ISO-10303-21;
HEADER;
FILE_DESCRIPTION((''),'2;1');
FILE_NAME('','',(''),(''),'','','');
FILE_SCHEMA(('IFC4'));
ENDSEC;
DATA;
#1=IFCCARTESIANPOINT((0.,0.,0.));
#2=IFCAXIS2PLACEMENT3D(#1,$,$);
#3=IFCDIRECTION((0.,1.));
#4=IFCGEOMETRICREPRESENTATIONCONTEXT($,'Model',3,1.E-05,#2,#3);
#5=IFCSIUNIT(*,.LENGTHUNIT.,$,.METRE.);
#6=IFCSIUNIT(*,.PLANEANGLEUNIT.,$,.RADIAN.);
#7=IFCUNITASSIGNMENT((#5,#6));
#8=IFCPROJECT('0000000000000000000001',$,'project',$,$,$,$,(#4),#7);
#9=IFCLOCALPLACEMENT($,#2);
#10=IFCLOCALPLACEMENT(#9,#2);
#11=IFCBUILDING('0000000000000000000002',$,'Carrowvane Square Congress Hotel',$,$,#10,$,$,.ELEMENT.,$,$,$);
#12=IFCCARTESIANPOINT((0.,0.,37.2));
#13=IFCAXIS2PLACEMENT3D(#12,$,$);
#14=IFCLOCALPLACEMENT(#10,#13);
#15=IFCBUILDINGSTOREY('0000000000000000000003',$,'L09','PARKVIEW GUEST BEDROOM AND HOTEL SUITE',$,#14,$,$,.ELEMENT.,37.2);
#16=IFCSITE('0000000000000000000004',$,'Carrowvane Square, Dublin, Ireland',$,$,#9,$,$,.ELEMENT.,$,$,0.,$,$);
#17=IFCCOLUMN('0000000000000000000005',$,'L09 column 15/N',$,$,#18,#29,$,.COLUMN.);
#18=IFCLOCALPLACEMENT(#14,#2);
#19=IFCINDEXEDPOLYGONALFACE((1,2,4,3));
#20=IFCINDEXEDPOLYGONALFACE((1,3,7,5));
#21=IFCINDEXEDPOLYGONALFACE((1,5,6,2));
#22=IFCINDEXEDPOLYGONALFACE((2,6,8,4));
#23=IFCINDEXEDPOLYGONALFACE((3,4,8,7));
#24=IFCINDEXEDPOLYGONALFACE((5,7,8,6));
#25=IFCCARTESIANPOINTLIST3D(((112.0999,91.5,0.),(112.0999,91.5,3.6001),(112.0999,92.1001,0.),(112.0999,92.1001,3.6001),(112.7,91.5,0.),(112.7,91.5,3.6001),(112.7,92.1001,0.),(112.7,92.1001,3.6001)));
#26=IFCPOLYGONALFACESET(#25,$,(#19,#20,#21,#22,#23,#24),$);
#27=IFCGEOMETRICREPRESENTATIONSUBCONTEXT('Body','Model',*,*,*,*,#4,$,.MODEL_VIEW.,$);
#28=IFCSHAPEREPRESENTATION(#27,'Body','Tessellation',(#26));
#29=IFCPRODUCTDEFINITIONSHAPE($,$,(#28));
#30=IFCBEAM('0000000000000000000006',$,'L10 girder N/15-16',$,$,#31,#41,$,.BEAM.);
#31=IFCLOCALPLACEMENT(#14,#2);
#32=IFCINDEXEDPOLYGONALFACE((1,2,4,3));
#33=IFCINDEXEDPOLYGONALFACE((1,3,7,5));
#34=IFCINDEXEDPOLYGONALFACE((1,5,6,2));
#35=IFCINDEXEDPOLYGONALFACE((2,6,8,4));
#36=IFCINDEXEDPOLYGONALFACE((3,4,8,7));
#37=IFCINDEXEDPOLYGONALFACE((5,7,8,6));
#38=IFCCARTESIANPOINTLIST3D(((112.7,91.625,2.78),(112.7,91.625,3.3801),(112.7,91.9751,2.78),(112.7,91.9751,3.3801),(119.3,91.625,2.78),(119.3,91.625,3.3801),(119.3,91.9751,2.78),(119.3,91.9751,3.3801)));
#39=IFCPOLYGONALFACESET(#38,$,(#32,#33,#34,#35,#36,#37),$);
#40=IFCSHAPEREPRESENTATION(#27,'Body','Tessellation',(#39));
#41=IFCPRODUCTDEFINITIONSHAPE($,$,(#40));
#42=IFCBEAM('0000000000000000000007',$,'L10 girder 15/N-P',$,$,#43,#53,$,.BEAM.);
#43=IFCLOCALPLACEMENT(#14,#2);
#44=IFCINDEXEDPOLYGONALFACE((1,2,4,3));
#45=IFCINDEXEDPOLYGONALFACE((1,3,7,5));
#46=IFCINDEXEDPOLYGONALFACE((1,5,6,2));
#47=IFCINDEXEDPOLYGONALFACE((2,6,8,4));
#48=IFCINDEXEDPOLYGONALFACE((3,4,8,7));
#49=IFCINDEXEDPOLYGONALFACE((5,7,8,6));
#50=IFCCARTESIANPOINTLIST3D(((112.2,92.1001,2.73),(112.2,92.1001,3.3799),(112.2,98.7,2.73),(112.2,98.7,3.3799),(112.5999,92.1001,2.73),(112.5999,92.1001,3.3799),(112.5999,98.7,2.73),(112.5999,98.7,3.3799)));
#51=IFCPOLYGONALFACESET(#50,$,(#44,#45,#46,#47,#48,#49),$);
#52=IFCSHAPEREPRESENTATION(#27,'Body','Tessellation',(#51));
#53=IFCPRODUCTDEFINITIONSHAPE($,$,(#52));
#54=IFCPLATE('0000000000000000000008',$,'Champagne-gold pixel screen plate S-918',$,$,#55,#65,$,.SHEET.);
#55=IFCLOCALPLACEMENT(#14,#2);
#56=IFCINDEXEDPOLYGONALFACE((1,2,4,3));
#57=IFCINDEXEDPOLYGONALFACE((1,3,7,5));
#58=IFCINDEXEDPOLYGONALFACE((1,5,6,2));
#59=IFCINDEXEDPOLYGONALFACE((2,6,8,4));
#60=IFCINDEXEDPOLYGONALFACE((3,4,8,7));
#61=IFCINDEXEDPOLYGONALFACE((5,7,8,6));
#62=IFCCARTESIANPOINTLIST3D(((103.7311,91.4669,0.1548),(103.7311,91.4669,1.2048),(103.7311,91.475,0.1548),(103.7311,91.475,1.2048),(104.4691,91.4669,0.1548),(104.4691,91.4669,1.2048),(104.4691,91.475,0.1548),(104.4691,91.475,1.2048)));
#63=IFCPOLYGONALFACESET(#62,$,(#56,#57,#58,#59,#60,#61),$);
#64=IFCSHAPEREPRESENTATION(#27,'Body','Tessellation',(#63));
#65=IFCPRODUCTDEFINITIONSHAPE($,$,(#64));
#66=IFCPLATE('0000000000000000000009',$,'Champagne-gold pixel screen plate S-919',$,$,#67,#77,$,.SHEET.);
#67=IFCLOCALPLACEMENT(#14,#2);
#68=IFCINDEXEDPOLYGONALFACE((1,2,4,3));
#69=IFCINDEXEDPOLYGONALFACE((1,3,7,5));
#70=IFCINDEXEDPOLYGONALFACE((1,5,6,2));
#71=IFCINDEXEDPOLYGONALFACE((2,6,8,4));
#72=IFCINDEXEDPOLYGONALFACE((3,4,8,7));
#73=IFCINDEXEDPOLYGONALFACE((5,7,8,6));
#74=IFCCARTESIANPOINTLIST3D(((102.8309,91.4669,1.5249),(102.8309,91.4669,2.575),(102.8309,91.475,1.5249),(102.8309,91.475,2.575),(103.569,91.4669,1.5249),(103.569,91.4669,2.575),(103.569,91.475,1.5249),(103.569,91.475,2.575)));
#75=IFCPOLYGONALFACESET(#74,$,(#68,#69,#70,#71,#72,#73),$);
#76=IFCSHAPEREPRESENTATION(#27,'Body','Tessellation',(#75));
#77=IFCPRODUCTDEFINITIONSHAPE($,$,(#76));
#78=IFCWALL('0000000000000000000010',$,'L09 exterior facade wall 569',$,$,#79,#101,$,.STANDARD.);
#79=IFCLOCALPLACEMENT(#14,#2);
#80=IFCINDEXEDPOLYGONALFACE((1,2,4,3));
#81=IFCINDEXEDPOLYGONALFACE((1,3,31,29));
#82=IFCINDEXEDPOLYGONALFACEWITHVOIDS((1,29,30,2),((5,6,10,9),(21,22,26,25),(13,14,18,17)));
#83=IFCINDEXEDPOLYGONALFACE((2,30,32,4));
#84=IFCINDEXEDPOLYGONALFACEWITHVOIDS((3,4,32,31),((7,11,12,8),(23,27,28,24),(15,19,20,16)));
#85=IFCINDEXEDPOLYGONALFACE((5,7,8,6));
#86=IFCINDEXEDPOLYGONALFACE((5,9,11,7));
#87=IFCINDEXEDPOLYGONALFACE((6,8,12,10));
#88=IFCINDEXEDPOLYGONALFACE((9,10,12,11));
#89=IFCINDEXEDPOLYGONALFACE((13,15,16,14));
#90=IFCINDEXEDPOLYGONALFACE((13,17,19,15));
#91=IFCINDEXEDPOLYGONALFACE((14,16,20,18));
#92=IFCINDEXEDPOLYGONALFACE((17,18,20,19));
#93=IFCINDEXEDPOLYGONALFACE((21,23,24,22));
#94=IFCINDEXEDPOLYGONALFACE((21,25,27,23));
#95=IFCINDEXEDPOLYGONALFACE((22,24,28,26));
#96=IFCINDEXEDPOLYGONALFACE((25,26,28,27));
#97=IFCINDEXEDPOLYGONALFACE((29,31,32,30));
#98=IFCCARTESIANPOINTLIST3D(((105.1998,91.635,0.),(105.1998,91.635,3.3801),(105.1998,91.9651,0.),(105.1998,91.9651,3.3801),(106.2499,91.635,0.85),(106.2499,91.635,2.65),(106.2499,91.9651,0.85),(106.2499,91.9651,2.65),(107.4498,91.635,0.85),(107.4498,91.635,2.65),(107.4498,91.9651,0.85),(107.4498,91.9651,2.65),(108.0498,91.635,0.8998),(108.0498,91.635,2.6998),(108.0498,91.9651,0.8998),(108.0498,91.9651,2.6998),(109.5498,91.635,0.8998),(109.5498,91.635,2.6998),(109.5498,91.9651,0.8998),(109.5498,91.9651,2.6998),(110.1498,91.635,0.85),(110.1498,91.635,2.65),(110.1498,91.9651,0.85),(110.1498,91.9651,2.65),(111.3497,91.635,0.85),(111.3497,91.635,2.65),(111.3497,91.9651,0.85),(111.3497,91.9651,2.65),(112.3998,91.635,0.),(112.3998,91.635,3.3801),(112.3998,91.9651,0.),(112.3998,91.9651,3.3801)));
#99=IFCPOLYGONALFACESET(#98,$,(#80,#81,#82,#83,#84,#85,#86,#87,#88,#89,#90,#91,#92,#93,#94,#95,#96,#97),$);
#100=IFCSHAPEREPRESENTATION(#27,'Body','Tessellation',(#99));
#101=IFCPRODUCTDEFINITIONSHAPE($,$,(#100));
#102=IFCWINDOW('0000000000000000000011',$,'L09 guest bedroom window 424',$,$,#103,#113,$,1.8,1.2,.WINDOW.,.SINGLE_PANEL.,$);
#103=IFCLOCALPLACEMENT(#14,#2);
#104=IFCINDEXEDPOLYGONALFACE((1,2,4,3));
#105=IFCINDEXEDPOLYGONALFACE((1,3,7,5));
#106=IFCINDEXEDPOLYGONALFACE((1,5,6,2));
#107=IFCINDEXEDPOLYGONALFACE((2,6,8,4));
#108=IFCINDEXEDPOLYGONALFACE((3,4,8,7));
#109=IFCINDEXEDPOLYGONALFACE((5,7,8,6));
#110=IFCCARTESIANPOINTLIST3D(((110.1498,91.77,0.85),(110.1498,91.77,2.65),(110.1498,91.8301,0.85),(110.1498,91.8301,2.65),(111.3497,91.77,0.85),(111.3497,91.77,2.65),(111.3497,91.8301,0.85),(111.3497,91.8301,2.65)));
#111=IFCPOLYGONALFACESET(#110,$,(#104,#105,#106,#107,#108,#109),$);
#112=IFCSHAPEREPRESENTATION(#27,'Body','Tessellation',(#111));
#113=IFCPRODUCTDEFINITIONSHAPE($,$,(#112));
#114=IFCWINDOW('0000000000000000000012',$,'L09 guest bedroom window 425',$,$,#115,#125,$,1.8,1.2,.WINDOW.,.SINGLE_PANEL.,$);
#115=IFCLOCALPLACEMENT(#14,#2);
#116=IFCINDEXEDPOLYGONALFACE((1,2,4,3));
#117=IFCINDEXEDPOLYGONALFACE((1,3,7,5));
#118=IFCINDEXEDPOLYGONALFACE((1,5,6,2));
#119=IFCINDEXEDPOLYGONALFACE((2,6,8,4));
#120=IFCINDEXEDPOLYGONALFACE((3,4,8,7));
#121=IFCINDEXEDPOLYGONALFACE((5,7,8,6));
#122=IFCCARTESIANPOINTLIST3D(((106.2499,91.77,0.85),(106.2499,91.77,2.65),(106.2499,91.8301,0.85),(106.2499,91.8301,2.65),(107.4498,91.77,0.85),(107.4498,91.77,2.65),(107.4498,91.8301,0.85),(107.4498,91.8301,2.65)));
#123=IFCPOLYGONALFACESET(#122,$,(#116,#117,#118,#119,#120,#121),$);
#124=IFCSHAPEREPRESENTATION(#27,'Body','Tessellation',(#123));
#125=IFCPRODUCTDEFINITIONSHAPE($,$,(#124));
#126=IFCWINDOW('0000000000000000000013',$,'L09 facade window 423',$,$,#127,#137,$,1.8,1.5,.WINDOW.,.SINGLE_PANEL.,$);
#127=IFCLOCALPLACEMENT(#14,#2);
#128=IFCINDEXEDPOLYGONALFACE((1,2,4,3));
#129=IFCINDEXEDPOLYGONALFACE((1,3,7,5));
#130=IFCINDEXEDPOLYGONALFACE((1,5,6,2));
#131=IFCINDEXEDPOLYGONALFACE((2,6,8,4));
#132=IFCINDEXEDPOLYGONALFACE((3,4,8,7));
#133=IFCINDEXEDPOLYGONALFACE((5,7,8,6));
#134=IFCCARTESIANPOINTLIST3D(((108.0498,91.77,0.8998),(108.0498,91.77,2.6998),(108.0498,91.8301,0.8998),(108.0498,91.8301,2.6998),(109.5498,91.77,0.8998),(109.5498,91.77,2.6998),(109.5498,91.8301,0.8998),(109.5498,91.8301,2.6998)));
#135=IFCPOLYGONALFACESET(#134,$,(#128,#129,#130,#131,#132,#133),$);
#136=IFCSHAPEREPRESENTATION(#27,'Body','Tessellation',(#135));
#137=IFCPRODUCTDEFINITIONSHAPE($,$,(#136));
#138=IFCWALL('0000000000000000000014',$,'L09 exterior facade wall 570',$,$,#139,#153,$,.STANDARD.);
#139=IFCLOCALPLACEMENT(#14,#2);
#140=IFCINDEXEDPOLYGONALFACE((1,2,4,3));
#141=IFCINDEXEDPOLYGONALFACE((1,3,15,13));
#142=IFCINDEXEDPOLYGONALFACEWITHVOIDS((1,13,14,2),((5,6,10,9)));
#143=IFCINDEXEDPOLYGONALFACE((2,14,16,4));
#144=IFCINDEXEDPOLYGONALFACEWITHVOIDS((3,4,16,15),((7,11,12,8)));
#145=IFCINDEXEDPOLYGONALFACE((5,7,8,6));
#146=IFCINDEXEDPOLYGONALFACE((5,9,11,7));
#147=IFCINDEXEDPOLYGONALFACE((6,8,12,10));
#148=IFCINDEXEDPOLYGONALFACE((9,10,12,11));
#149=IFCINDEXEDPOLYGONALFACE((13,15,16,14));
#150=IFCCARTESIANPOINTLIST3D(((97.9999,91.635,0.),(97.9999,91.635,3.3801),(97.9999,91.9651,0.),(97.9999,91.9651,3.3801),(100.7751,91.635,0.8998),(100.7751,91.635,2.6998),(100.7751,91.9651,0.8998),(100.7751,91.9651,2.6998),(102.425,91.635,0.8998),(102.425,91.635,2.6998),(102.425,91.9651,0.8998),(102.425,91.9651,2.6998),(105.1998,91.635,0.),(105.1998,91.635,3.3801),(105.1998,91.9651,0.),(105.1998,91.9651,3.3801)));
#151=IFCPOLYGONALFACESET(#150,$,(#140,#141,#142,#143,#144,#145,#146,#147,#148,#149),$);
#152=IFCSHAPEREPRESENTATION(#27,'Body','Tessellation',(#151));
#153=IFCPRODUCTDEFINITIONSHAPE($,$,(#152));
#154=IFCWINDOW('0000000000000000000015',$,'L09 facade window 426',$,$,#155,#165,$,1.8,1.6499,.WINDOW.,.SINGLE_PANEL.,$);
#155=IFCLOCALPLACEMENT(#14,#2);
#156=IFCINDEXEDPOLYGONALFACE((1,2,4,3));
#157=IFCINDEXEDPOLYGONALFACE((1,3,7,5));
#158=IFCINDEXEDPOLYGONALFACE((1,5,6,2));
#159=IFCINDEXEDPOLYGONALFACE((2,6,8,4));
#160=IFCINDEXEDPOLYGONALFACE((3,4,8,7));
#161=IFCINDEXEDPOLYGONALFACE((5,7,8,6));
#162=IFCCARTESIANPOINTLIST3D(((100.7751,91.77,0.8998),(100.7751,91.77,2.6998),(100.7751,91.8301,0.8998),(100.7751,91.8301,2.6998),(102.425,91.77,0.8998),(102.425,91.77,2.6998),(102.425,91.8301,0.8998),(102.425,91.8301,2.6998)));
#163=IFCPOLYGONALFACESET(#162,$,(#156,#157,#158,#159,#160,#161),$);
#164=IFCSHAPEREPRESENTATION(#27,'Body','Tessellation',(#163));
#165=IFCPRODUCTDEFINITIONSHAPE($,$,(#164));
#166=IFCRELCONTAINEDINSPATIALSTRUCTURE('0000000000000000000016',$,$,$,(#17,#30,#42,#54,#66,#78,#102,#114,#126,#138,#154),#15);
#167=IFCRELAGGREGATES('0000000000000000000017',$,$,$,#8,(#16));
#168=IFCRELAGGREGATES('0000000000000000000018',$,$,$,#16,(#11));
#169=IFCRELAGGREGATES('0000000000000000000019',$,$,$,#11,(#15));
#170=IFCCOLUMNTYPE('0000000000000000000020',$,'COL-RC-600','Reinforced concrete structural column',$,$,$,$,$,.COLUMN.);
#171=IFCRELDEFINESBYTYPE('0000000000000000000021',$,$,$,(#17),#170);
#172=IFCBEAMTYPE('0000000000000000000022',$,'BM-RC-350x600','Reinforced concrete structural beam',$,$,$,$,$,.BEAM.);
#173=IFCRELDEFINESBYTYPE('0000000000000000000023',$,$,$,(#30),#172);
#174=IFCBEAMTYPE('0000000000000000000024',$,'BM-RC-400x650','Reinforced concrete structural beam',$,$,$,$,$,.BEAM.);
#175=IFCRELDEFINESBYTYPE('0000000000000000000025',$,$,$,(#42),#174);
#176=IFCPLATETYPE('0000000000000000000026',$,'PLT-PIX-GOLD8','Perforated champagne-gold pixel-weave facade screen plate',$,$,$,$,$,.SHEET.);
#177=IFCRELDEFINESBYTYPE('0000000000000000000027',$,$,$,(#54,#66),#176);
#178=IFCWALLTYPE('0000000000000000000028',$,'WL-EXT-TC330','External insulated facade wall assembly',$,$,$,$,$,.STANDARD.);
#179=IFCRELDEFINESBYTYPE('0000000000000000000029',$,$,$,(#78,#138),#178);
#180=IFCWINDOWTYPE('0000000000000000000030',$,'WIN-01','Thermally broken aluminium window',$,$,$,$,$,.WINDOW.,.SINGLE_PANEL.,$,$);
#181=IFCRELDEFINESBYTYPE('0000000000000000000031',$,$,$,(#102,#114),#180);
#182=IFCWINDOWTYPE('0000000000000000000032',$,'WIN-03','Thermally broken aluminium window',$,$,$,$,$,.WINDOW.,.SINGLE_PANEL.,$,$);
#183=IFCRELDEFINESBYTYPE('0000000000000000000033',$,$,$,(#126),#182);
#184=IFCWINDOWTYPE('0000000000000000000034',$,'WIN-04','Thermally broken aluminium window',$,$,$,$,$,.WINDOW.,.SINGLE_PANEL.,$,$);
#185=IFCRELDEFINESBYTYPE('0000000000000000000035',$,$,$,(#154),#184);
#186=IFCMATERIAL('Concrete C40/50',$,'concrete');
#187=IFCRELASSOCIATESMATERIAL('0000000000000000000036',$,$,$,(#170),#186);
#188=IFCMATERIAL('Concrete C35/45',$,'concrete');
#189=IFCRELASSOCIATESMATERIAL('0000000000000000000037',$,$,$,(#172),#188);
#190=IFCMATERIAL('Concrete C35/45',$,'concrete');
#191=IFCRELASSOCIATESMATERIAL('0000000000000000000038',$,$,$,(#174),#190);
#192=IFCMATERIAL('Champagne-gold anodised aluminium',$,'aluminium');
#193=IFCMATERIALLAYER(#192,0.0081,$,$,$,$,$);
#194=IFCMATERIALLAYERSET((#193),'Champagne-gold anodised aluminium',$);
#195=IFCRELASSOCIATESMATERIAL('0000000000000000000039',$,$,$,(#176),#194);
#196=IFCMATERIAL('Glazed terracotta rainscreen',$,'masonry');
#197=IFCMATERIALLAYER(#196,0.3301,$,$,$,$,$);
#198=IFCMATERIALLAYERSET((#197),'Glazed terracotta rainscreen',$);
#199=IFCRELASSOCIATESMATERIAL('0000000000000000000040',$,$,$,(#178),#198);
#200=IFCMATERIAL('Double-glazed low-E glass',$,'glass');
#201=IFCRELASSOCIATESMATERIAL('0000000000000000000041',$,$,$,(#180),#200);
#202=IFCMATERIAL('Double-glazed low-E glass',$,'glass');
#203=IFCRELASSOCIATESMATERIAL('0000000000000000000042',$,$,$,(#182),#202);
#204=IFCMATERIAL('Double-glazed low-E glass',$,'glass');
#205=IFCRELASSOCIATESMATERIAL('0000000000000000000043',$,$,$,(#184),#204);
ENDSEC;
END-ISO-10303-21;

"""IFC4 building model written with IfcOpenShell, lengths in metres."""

from ifc_helpers import new_model, si_unit, direction, frame, frame_2d, origin, origin_2d, place, context, subcontext, project, spatial, rectangle, extrude, material, layer, layer_set, material_profile, profile_set, type_object, element, fill, save


model = new_model("IFC4")

# Units and contexts
model_context = context("Model", 3, precision=1e-05, world=origin(), true_north=direction((0.0, 1.0)))
body_context = subcontext(model_context, "Body", "Model", "MODEL_VIEW")
ifc_project = project(units=[si_unit("LENGTHUNIT", "METRE"), si_unit("PLANEANGLEUNIT", "RADIAN")], contexts=[model_context])

# Site, building, storey
site_placement = place(None, origin())
site = spatial("IfcSite", under=ifc_project, at=site_placement, Name="Carrowvane Square, Dublin, Ireland", CompositionType="ELEMENT", RefElevation=0.0)
building_placement = place(site_placement, origin())
building = spatial("IfcBuilding", under=site, at=building_placement, Name="Carrowvane Square Congress Hotel", CompositionType="ELEMENT")
storey_placement = place(building_placement, frame((0.0, 0.0, 37.2)))
storey = spatial("IfcBuildingStorey", under=building, at=storey_placement, Name="L09", Description="PARKVIEW GUEST BEDROOM AND HOTEL SUITE", CompositionType="ELEMENT", Elevation=37.2)

# Column
ifc_material_1 = material(Name="Concrete C40/50", Category="concrete")
ifc_material_profile_1 = material_profile(ifc_material_1, rectangle(XDim=0.6001, YDim=0.6001, at=origin_2d()), Name="RC 600x600")
ifc_profile_set_1 = profile_set([ifc_material_profile_1], Name="Concrete C40/50")
column_type = type_object("IfcColumnType", Name="COL-RC-600", Description="Reinforced concrete structural column", PredefinedType="COLUMN", material=ifc_profile_set_1)
column_placement = place(storey_placement, frame((112.3999, 91.8, 0.0), z_axis=(0.0, 0.0, 1.0), x_axis=(1.0, 0.0, 0.0)))
element("IfcColumn", 1, at=column_placement, inside=storey, type_object=column_type, Name="L09 column 15/N", PredefinedType="COLUMN", context=body_context, shape_type="SweptSolid", body=[
    extrude(rectangle(XDim=0.6001, YDim=0.6001, at=origin_2d()), origin(), (0.0, 0.0, 1.0), 3.6001),
])

# Beams
ifc_material_2 = material(Name="Concrete C35/45", Category="concrete")
ifc_material_profile_2 = material_profile(ifc_material_2, rectangle(XDim=0.3501, YDim=0.6001, at=origin_2d()), Name="RC 350x600")
ifc_profile_set_2 = profile_set([ifc_material_profile_2], Name="Concrete C35/45")
beam_type_1 = type_object("IfcBeamType", Name="BM-RC-350x600", Description="Reinforced concrete structural beam", PredefinedType="BEAM", material=ifc_profile_set_2)
beam_1_placement = place(storey_placement, frame((112.7, 91.8, 3.0801), z_axis=(1.0, 0.0, 0.0), x_axis=(0.0, 1.0, 0.0)))
element("IfcBeam", 2, at=beam_1_placement, inside=storey, type_object=beam_type_1, Name="L10 girder N/15-16", PredefinedType="BEAM", context=body_context, shape_type="SweptSolid", body=[
    extrude(rectangle(XDim=0.3501, YDim=0.6001, at=origin_2d()), origin(), (0.0, 0.0, 1.0), 6.6001),
])
ifc_material_3 = material(Name="Concrete C35/45", Category="concrete")
ifc_material_profile_3 = material_profile(ifc_material_3, rectangle(XDim=0.3999, YDim=0.6499, at=origin_2d()), Name="RC 400x650")
ifc_profile_set_3 = profile_set([ifc_material_profile_3], Name="Concrete C35/45")
beam_type_2 = type_object("IfcBeamType", Name="BM-RC-400x650", Description="Reinforced concrete structural beam", PredefinedType="BEAM", material=ifc_profile_set_3)
beam_2_placement = place(storey_placement, frame((112.3999, 92.1001, 3.0549), z_axis=(0.0, 1.0, 0.0), x_axis=(-1.0, 0.0, 0.0)))
element("IfcBeam", 3, at=beam_2_placement, inside=storey, type_object=beam_type_2, Name="L10 girder 15/N-P", PredefinedType="BEAM", context=body_context, shape_type="SweptSolid", body=[
    extrude(rectangle(XDim=0.3999, YDim=0.6499, at=origin_2d()), origin(), (0.0, 0.0, 1.0), 6.5999),
])

# Plates
ifc_material_4 = material(Name="Champagne-gold anodised aluminium", Category="aluminium")
ifc_layer_1 = layer(ifc_material_4, 0.0081)
ifc_layer_set_1 = layer_set([ifc_layer_1], Name="Champagne-gold anodised aluminium")
plate_type = type_object("IfcPlateType", Name="PLT-PIX-GOLD8", Description="Perforated champagne-gold pixel-weave facade screen plate", PredefinedType="SHEET", material=ifc_layer_set_1)
for number, where, z_axis, x_axis, name in (
    (4, (104.1001, 91.4709, 0.1548), (0.0, 0.0, 1.0), (-1.0, 0.0, 0.0), "Champagne-gold pixel screen plate S-918"),
    (5, (103.2, 91.4709, 1.5249), (0.0, 0.0, 1.0), (-1.0, 0.0, 0.0), "Champagne-gold pixel screen plate S-919"),
):
    element("IfcPlate", number, at=place(storey_placement, frame(where, z_axis=z_axis, x_axis=x_axis)), inside=storey, type_object=plate_type, Name=name, PredefinedType="SHEET", context=body_context, shape_type="SweptSolid", body=[
        extrude(rectangle(XDim=0.738, YDim=0.0081, at=origin_2d()), origin(), (0.0, 0.0, 1.0), 1.05),
    ])

# Wall, openings, windows
ifc_material_5 = material(Name="Glazed terracotta rainscreen", Category="masonry")
ifc_layer_2 = layer(ifc_material_5, 0.3301)
ifc_layer_set_2 = layer_set([ifc_layer_2], Name="Glazed terracotta rainscreen")
wall_type_1 = type_object("IfcWallType", Name="WL-EXT-TC330", Description="External insulated facade wall assembly", PredefinedType="STANDARD", material=ifc_layer_set_2)
wall_1_placement = place(storey_placement, frame((112.3999, 91.8, 0.0), z_axis=(0.0, 0.0, 1.0), x_axis=(-1.0, 0.0, 0.0)))
wall_1 = element("IfcWall", 6, at=wall_1_placement, inside=storey, type_object=wall_type_1, Name="L09 exterior facade wall 569", PredefinedType="STANDARD", context=body_context, shape_type="SweptSolid", body=[
    extrude(rectangle(XDim=7.2, YDim=0.3301, at=frame_2d((3.6001, 0.0))), origin(), (0.0, 0.0, 1.0), 3.3801),
])
opening_1_placement = place(wall_1_placement, frame((2.8501, 0.0, 0.8999)))
opening_1 = element("IfcOpeningElement", 7, at=opening_1_placement, cuts=wall_1, PredefinedType="OPENING", context=body_context, shape_type="SweptSolid", body=[
    extrude(rectangle(XDim=1.5, YDim=1.8, at=frame_2d((0.75, 0.8999))), frame((0.0, 0.175, 0.0), z_axis=(0.0, -1.0, 0.0), x_axis=(1.0, 0.0, 0.0)), (0.0, 0.0, 1.0), 0.3501),
])
opening_2_placement = place(wall_1_placement, frame((1.05, 0.0, 0.8501)))
opening_2 = element("IfcOpeningElement", 8, at=opening_2_placement, cuts=wall_1, PredefinedType="OPENING", context=body_context, shape_type="SweptSolid", body=[
    extrude(rectangle(XDim=1.2, YDim=1.8, at=frame_2d((0.6001, 0.8999))), frame((0.0, 0.175, 0.0), z_axis=(0.0, -1.0, 0.0), x_axis=(1.0, 0.0, 0.0)), (0.0, 0.0, 1.0), 0.3501),
])
opening_3_placement = place(wall_1_placement, frame((4.95, 0.0, 0.8501)))
opening_3 = element("IfcOpeningElement", 9, at=opening_3_placement, cuts=wall_1, PredefinedType="OPENING", context=body_context, shape_type="SweptSolid", body=[
    extrude(rectangle(XDim=1.2, YDim=1.8, at=frame_2d((0.6001, 0.8999))), frame((0.0, 0.175, 0.0), z_axis=(0.0, -1.0, 0.0), x_axis=(1.0, 0.0, 0.0)), (0.0, 0.0, 1.0), 0.3501),
])
ifc_material_6 = material(Name="Double-glazed low-E glass", Category="glass")
window_type_1 = type_object("IfcWindowType", Name="WIN-01", Description="Thermally broken aluminium window", PartitioningType="SINGLE_PANEL", PredefinedType="WINDOW", material=ifc_material_6)
window_1_placement = place(opening_2_placement, origin())
window_1 = element("IfcWindow", 10, at=window_1_placement, inside=storey, type_object=window_type_1, Name="L09 guest bedroom window 424", OverallHeight=1.8, OverallWidth=1.2, PartitioningType="SINGLE_PANEL", PredefinedType="WINDOW", context=body_context, shape_type="SweptSolid", body=[
    extrude(rectangle(XDim=1.2, YDim=1.8, at=frame_2d((0.6001, 0.8999))), frame((0.0, 0.03, 0.0), z_axis=(0.0, -1.0, 0.0), x_axis=(1.0, 0.0, 0.0)), (0.0, 0.0, 1.0), 0.0601),
])
fill(opening_2, window_1)
window_2_placement = place(opening_3_placement, origin())
window_2 = element("IfcWindow", 11, at=window_2_placement, inside=storey, type_object=window_type_1, Name="L09 guest bedroom window 425", OverallHeight=1.8, OverallWidth=1.2, PartitioningType="SINGLE_PANEL", PredefinedType="WINDOW", context=body_context, shape_type="SweptSolid", body=[
    extrude(rectangle(XDim=1.2, YDim=1.8, at=frame_2d((0.6001, 0.8999))), frame((0.0, 0.03, 0.0), z_axis=(0.0, -1.0, 0.0), x_axis=(1.0, 0.0, 0.0)), (0.0, 0.0, 1.0), 0.0601),
])
fill(opening_3, window_2)
ifc_material_7 = material(Name="Double-glazed low-E glass", Category="glass")
window_type_2 = type_object("IfcWindowType", Name="WIN-03", Description="Thermally broken aluminium window", PartitioningType="SINGLE_PANEL", PredefinedType="WINDOW", material=ifc_material_7)
window_3_placement = place(opening_1_placement, origin())
window_3 = element("IfcWindow", 12, at=window_3_placement, inside=storey, type_object=window_type_2, Name="L09 facade window 423", OverallHeight=1.8, OverallWidth=1.5, PartitioningType="SINGLE_PANEL", PredefinedType="WINDOW", context=body_context, shape_type="SweptSolid", body=[
    extrude(rectangle(XDim=1.5, YDim=1.8, at=frame_2d((0.75, 0.8999))), frame((0.0, 0.03, 0.0), z_axis=(0.0, -1.0, 0.0), x_axis=(1.0, 0.0, 0.0)), (0.0, 0.0, 1.0), 0.0601),
])
fill(opening_1, window_3)

# Wall, opening, window
wall_2_placement = place(storey_placement, frame((105.2, 91.8, 0.0), z_axis=(0.0, 0.0, 1.0), x_axis=(-1.0, 0.0, 0.0)))
wall_2 = element("IfcWall", 13, at=wall_2_placement, inside=storey, type_object=wall_type_1, Name="L09 exterior facade wall 570", PredefinedType="STANDARD", context=body_context, shape_type="SweptSolid", body=[
    extrude(rectangle(XDim=7.2, YDim=0.3301, at=frame_2d((3.6001, 0.0))), origin(), (0.0, 0.0, 1.0), 3.3801),
])
opening_4_placement = place(wall_2_placement, frame((2.7749, 0.0, 0.8999)))
opening_4 = element("IfcOpeningElement", 14, at=opening_4_placement, cuts=wall_2, PredefinedType="OPENING", context=body_context, shape_type="SweptSolid", body=[
    extrude(rectangle(XDim=1.6499, YDim=1.8, at=frame_2d((0.825, 0.8999))), frame((0.0, 0.175, 0.0), z_axis=(0.0, -1.0, 0.0), x_axis=(1.0, 0.0, 0.0)), (0.0, 0.0, 1.0), 0.3501),
])
ifc_material_8 = material(Name="Double-glazed low-E glass", Category="glass")
window_type_3 = type_object("IfcWindowType", Name="WIN-04", Description="Thermally broken aluminium window", PartitioningType="SINGLE_PANEL", PredefinedType="WINDOW", material=ifc_material_8)
window_4_placement = place(opening_4_placement, origin())
window_4 = element("IfcWindow", 15, at=window_4_placement, inside=storey, type_object=window_type_3, Name="L09 facade window 426", OverallHeight=1.8, OverallWidth=1.6499, PartitioningType="SINGLE_PANEL", PredefinedType="WINDOW", context=body_context, shape_type="SweptSolid", body=[
    extrude(rectangle(XDim=1.6499, YDim=1.8, at=frame_2d((0.825, 0.8999))), frame((0.0, 0.03, 0.0), z_axis=(0.0, -1.0, 0.0), x_axis=(1.0, 0.0, 0.0)), (0.0, 0.0, 1.0), 0.0601),
])
fill(opening_4, window_4)

save(model, "model.ifc")
